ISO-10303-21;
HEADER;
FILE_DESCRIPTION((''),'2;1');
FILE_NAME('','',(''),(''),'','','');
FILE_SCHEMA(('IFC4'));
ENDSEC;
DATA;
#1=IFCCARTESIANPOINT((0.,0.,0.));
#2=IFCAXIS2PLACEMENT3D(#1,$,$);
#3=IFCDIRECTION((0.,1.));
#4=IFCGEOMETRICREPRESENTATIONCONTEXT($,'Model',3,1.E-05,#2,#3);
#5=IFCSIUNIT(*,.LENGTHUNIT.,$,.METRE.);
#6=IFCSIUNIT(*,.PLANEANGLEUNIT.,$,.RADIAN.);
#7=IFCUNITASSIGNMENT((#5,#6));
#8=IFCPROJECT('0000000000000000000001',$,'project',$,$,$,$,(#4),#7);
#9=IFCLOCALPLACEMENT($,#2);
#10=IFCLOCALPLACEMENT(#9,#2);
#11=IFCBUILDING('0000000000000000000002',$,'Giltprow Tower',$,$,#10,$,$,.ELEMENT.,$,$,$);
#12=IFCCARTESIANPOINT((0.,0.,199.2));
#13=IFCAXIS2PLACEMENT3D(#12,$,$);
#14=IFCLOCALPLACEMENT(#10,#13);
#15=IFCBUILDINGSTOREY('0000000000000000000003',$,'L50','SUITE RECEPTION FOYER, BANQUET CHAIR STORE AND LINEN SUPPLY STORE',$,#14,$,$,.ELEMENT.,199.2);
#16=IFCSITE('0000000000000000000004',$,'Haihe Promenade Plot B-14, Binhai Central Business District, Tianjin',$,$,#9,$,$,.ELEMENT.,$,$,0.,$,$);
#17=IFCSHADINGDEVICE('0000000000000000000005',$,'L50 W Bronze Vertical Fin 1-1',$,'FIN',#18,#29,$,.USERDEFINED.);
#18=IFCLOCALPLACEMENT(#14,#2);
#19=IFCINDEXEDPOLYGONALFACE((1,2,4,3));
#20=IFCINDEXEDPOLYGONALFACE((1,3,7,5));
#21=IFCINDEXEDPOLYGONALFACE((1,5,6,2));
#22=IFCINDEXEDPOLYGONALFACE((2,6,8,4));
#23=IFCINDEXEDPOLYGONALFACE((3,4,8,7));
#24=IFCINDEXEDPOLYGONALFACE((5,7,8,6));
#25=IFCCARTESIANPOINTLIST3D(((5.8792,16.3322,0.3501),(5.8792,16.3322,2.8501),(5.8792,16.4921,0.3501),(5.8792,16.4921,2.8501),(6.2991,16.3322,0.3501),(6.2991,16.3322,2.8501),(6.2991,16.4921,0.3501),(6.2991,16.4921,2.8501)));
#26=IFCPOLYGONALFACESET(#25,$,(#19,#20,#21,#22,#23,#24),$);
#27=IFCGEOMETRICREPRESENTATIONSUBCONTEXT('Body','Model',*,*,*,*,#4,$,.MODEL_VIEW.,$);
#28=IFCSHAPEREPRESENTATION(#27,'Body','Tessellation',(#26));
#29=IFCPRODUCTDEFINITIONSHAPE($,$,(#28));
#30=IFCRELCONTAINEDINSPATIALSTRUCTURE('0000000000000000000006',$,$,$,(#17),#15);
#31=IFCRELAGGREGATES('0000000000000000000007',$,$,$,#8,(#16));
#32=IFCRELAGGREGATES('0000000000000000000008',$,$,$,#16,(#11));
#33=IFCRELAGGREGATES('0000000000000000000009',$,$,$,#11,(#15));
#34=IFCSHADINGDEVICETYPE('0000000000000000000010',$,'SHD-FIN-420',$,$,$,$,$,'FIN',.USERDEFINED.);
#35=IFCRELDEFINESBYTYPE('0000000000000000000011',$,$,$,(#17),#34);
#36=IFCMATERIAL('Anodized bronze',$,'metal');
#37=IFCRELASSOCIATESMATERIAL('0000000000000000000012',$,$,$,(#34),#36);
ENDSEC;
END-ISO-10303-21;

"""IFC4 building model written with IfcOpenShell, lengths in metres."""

from ifc_helpers import new_model, si_unit, direction, frame, origin, origin_2d, place, context, subcontext, project, spatial, rectangle, extrude, source, transform, mapped, material, type_object, element, save


model = new_model("IFC4")

# Units and contexts
model_context = context("Model", 3, precision=1e-05, world=origin(), true_north=direction((0.0, 1.0)))
body_context = subcontext(model_context, "Body", "Model", "MODEL_VIEW")
ifc_project = project(units=[si_unit("LENGTHUNIT", "METRE"), si_unit("PLANEANGLEUNIT", "RADIAN")], contexts=[model_context])

# Site, building, storey
site_placement = place(None, origin())
site = spatial("IfcSite", under=ifc_project, at=site_placement, Name="Haihe Promenade Plot B-14, Binhai Central Business District, Tianjin", CompositionType="ELEMENT", RefElevation=0.0)
building_placement = place(site_placement, origin())
building = spatial("IfcBuilding", under=site, at=building_placement, Name="Giltprow Tower", CompositionType="ELEMENT")
storey_placement = place(building_placement, frame((0.0, 0.0, 199.2)))
storey = spatial("IfcBuildingStorey", under=building, at=storey_placement, Name="L50", Description="SUITE RECEPTION FOYER, BANQUET CHAIR STORE AND LINEN SUPPLY STORE", CompositionType="ELEMENT", Elevation=199.2)

# Shared definitions
ifc_material_1 = material(Name="Anodized bronze", Category="metal")

# Shading device
shading_device_type = type_object("IfcShadingDeviceType", Name="SHD-FIN-420", ElementType="FIN", PredefinedType="USERDEFINED", material=ifc_material_1)
shared_shape_1 = source(origin(), body_context, "Body", "SweptSolid", [
    extrude(rectangle(XDim=0.4199, YDim=0.1599, at=origin_2d()), origin(), (0.0, 0.0, 1.0), 2.5),
])
shading_device_placement = place(storey_placement, frame((6.0891, 16.4121, 0.3501), z_axis=(0.0, 0.0, 1.0), x_axis=(1.0, 0.0, 0.0)))
element("IfcShadingDevice", 1, at=shading_device_placement, inside=storey, type_object=shading_device_type, Name="L50 W Bronze Vertical Fin 1-1", ObjectType="FIN", PredefinedType="USERDEFINED", context=body_context, shape_type="MappedRepresentation", body=[
    mapped(shared_shape_1, transform((0.0, 0.0, 0.0), x_axis=(1.0, 0.0, 0.0), y_axis=(0.0, 1.0, 0.0), z_axis=(0.0, 0.0, 1.0), scale=1.0)),
])

save(model, "model.ifc")
